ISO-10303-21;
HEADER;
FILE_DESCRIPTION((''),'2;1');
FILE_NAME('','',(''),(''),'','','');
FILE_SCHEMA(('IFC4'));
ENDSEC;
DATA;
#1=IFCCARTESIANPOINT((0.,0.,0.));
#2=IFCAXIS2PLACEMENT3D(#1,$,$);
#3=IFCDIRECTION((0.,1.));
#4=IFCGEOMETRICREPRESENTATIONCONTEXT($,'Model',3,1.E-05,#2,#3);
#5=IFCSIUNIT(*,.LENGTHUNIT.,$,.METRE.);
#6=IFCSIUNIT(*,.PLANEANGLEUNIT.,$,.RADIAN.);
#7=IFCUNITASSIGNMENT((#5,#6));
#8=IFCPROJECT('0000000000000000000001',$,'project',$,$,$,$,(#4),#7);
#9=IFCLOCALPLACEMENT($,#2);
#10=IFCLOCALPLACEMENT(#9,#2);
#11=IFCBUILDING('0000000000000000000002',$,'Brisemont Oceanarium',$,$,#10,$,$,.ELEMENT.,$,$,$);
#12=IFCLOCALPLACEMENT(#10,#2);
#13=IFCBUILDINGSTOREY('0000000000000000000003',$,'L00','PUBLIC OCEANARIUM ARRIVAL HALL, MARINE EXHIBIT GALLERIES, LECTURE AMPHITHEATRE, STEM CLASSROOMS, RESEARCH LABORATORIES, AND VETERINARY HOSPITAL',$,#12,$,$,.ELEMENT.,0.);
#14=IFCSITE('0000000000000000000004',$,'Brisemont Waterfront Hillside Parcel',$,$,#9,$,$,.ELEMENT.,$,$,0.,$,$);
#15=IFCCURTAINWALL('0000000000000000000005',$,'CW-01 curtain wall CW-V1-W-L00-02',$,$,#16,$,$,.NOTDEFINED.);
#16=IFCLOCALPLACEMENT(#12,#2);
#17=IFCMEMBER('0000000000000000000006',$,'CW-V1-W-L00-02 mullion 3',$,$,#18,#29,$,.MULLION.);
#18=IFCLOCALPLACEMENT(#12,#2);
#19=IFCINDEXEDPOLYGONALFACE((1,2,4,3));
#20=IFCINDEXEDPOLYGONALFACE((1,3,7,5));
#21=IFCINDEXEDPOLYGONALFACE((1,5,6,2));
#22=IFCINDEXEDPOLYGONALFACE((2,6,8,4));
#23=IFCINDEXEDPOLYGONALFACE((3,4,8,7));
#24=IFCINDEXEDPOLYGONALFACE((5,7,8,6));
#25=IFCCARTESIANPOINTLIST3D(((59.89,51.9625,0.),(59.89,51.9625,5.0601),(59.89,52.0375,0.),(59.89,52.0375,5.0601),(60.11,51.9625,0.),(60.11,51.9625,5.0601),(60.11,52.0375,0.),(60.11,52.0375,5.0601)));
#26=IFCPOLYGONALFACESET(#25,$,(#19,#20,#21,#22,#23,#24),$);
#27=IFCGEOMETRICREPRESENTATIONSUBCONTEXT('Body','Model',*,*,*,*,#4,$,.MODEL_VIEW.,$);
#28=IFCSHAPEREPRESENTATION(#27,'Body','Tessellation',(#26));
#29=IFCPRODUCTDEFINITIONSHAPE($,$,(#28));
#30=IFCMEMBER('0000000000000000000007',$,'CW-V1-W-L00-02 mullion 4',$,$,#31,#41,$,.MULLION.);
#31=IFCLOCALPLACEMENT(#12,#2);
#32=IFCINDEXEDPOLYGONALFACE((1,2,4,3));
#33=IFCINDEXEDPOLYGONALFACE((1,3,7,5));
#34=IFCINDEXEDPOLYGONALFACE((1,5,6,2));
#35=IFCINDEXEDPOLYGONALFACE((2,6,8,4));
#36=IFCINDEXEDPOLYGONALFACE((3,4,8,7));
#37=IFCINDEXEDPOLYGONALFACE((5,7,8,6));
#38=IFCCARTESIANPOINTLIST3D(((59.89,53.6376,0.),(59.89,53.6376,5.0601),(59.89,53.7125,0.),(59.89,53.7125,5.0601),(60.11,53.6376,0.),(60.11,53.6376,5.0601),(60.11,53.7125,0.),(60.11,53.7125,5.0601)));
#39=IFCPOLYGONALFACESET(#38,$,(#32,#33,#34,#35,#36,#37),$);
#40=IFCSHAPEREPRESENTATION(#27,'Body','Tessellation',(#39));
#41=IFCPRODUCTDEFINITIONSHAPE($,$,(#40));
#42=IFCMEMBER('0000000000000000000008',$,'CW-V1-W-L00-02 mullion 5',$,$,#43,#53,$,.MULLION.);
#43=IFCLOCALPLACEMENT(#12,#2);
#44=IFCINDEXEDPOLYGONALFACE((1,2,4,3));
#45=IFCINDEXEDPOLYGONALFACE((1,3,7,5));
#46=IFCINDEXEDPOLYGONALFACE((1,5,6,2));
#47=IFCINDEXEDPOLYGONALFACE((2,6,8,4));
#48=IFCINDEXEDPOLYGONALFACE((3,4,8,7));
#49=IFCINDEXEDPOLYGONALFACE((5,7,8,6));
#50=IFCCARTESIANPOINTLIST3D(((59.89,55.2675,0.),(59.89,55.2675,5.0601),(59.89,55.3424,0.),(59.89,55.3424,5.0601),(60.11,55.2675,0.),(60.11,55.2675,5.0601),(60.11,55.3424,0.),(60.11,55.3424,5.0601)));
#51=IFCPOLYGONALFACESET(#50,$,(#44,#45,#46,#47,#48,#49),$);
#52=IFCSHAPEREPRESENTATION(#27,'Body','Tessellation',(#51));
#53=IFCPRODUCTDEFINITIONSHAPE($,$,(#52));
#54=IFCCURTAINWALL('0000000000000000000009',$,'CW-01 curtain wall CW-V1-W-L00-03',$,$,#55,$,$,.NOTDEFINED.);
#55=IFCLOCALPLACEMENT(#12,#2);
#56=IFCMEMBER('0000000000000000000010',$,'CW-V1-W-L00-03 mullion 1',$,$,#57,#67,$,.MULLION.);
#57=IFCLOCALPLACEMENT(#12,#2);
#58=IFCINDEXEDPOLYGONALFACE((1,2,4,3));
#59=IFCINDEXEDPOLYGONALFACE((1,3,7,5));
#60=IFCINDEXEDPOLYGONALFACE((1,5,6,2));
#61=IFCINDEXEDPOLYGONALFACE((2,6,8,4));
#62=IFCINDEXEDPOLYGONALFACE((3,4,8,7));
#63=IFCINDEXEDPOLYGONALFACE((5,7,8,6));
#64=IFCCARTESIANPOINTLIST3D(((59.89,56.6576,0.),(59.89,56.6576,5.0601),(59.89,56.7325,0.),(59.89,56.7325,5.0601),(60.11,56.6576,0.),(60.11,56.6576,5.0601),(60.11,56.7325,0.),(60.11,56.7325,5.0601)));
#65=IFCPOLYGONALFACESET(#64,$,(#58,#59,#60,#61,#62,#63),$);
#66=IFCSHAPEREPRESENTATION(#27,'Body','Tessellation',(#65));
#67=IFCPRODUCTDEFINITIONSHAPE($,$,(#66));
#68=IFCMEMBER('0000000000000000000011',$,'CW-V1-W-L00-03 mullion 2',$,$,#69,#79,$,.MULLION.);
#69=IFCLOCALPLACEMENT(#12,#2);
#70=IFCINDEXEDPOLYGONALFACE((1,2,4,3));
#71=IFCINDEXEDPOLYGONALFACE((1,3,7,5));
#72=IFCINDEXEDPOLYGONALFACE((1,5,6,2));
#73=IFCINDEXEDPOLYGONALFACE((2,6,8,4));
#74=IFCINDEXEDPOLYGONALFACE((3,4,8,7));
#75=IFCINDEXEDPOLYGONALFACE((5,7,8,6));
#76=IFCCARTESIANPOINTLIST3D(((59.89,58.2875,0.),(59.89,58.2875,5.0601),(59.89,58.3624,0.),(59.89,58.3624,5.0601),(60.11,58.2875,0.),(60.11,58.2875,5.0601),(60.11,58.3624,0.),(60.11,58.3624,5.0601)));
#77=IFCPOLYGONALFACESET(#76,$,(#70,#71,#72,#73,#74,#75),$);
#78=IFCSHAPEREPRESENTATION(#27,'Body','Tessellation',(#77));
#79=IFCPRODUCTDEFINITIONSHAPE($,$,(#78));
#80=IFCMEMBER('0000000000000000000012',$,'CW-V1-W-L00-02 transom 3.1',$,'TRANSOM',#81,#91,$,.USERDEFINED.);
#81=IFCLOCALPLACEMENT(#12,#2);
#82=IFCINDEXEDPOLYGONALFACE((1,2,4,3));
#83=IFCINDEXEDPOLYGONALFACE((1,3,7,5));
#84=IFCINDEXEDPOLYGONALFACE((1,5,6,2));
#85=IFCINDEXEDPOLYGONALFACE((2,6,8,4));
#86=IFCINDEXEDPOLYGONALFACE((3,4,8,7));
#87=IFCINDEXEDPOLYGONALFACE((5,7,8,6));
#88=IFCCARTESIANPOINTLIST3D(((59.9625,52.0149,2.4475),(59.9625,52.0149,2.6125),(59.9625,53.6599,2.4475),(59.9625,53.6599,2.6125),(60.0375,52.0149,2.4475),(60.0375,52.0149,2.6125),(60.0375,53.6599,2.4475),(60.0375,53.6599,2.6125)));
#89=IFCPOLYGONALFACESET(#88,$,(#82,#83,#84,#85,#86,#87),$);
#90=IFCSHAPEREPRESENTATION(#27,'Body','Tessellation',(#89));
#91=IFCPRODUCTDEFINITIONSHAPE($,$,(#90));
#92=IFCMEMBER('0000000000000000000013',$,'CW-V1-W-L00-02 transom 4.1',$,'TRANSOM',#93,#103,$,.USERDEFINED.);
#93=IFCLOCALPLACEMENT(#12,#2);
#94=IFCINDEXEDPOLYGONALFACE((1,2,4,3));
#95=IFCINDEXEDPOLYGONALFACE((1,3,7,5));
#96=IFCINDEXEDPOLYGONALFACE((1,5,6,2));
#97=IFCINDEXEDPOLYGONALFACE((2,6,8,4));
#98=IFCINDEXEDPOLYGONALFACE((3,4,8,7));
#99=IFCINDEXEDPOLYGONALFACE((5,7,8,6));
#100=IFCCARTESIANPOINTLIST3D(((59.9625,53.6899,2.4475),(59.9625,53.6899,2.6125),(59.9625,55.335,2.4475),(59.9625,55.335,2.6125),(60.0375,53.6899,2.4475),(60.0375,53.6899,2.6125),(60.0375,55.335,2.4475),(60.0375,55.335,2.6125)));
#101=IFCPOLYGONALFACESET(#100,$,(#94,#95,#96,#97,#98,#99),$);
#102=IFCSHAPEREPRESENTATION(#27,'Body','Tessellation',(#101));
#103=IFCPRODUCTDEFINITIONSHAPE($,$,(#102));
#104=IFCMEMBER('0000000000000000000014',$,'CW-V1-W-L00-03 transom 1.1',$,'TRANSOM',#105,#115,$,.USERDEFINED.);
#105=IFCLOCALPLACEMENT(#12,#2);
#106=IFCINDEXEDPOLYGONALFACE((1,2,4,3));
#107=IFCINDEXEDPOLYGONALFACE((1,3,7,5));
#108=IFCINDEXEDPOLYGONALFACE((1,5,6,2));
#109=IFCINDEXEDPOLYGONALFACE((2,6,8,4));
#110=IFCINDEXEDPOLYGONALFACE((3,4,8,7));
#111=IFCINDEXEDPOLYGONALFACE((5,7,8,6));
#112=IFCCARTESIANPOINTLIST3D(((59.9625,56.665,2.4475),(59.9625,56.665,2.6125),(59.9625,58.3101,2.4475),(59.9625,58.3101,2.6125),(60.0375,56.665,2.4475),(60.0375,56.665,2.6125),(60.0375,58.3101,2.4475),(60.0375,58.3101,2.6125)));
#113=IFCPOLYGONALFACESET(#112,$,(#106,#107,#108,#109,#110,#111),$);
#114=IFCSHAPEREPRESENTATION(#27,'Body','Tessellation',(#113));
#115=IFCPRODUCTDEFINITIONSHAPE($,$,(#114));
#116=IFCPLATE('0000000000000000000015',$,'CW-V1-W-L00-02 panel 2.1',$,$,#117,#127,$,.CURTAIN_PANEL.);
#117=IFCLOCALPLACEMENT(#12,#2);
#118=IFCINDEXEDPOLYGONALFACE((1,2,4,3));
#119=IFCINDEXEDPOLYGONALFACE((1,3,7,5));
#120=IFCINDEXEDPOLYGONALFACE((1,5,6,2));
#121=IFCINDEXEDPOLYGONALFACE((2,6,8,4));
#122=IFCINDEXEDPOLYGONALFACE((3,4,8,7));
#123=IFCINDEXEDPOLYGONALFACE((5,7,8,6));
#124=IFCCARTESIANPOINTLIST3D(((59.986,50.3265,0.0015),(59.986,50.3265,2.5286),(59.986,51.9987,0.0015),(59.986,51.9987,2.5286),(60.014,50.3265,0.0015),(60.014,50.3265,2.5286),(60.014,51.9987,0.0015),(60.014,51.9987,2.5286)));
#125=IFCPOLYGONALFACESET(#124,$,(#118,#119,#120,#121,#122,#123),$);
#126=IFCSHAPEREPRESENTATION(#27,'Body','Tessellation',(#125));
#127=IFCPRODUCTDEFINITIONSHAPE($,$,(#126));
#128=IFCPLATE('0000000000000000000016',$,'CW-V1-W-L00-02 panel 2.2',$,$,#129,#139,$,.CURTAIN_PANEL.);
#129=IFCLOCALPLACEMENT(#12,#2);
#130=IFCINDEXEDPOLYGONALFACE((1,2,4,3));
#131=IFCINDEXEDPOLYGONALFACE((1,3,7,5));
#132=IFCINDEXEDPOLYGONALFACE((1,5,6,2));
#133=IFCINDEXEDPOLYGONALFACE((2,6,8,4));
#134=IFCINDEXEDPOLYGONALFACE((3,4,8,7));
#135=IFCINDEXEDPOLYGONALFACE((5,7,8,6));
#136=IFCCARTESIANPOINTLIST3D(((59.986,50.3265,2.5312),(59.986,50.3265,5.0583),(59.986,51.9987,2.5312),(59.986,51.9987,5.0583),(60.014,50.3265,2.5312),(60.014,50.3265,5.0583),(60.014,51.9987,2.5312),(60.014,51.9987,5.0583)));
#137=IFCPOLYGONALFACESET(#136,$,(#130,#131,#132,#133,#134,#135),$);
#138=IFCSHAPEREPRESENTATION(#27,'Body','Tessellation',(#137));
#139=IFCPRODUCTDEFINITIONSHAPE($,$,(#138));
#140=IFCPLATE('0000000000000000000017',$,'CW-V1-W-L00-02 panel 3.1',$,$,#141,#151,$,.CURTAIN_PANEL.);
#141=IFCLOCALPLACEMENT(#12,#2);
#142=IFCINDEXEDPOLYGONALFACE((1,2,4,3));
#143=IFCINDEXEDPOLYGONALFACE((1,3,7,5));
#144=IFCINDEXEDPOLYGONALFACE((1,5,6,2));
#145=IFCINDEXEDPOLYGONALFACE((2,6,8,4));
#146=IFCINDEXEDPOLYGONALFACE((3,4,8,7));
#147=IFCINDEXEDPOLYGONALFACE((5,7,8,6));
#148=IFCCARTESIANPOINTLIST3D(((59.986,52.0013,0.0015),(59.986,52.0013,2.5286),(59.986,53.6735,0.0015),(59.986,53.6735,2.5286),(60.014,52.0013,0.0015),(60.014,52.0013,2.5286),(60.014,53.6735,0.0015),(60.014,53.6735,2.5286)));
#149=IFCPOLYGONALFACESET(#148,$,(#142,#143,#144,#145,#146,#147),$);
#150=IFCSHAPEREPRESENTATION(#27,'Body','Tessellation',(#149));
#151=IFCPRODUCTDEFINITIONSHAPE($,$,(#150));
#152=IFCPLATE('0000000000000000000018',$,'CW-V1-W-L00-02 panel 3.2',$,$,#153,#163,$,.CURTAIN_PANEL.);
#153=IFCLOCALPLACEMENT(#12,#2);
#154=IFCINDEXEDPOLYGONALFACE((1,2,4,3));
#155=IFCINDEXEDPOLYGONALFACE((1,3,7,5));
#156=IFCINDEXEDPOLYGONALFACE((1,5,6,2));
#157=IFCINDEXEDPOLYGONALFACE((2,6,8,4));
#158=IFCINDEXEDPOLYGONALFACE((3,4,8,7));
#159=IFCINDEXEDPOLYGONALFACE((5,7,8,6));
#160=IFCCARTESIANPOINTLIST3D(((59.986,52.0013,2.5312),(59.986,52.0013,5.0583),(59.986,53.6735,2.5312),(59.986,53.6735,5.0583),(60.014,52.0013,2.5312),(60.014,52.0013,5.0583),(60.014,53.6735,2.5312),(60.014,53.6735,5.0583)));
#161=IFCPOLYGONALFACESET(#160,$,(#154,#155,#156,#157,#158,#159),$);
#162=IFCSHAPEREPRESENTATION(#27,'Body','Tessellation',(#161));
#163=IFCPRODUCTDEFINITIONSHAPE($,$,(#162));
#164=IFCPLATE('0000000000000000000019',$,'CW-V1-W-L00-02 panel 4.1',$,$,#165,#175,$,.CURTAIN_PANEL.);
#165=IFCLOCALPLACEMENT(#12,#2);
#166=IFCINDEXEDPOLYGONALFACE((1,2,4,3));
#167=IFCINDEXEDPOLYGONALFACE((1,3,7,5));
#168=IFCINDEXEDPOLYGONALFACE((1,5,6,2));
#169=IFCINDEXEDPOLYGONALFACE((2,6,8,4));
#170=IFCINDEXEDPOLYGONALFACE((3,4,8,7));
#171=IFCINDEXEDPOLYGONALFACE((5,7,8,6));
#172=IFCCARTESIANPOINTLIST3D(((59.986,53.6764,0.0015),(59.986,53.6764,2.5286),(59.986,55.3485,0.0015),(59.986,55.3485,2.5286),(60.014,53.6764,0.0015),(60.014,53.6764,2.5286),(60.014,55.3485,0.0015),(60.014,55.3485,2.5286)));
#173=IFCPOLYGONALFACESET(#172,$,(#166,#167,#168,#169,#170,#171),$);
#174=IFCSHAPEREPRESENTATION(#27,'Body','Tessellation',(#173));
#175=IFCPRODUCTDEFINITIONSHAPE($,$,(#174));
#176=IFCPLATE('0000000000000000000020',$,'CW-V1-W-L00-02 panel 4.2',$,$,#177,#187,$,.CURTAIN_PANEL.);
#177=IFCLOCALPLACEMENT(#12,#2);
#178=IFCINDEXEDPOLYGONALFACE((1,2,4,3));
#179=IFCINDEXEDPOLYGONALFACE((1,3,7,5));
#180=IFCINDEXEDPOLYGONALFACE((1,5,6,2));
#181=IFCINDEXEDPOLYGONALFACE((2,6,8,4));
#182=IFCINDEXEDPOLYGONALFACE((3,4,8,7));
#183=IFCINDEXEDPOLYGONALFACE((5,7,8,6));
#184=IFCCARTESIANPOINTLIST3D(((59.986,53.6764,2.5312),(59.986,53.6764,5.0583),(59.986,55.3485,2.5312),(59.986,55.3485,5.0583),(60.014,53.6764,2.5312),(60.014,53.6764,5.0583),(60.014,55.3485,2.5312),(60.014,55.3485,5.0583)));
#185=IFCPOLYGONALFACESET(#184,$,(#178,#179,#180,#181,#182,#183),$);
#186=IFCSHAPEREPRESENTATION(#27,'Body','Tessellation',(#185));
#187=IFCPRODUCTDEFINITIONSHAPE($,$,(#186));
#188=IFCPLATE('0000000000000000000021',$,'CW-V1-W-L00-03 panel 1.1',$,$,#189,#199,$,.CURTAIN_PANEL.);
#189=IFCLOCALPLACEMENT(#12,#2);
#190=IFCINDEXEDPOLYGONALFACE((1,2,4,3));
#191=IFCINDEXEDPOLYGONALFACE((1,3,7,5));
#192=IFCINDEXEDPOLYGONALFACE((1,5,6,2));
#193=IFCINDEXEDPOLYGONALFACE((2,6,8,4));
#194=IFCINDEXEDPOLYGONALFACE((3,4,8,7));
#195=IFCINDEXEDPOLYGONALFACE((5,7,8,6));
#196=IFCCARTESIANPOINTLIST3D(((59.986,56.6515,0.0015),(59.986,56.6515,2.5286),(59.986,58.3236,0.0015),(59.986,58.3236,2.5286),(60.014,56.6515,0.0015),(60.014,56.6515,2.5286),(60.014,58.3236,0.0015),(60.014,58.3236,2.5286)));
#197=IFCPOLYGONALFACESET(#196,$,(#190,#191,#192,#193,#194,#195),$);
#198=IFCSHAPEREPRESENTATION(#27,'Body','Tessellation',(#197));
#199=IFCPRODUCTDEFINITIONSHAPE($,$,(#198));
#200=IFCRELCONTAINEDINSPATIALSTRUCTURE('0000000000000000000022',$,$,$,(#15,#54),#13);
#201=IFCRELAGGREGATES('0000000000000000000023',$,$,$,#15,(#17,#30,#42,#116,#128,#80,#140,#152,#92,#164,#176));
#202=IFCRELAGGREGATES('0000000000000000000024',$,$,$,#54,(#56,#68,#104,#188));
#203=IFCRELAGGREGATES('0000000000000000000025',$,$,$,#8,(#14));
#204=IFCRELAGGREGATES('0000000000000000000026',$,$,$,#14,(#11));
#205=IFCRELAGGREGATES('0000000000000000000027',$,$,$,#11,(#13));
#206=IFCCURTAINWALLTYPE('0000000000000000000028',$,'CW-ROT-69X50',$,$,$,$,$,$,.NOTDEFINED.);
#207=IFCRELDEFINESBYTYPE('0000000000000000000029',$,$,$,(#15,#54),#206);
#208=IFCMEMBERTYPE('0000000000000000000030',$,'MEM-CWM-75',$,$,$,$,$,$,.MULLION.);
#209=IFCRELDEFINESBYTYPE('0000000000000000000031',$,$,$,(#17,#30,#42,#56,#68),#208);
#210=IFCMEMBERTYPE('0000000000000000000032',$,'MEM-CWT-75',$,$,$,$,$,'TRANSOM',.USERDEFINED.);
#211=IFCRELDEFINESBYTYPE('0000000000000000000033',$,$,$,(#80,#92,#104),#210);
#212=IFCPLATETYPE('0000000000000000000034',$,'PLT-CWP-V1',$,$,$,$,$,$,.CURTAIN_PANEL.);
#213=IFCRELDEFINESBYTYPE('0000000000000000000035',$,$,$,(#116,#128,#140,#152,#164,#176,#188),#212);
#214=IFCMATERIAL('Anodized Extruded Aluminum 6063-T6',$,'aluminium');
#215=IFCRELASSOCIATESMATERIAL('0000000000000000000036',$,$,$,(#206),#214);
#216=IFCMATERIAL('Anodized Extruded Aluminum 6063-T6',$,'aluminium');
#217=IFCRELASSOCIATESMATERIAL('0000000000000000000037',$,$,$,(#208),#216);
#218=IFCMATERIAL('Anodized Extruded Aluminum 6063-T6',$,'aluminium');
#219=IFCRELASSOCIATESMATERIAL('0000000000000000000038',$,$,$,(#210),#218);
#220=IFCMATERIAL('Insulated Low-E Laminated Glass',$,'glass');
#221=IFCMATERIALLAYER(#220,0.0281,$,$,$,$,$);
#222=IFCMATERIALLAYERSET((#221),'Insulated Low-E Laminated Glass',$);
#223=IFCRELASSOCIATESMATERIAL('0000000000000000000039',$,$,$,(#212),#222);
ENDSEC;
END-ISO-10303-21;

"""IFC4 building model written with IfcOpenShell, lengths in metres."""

from ifc_helpers import new_model, si_unit, direction, frame, origin, origin_2d, place, context, subcontext, project, spatial, rectangle, extrude, material, layer, layer_set, material_profile, profile_set, type_object, element, aggregate, save


model = new_model("IFC4")

# Units and contexts
model_context = context("Model", 3, precision=1e-05, world=origin(), true_north=direction((0.0, 1.0)))
body_context = subcontext(model_context, "Body", "Model", "MODEL_VIEW")
ifc_project = project(units=[si_unit("LENGTHUNIT", "METRE"), si_unit("PLANEANGLEUNIT", "RADIAN")], contexts=[model_context])

# Site, building, storey
site_placement = place(None, origin())
site = spatial("IfcSite", under=ifc_project, at=site_placement, Name="Brisemont Waterfront Hillside Parcel", CompositionType="ELEMENT", RefElevation=0.0)
building_placement = place(site_placement, origin())
building = spatial("IfcBuilding", under=site, at=building_placement, Name="Brisemont Oceanarium", CompositionType="ELEMENT")
storey_placement = place(building_placement, origin())
storey = spatial("IfcBuildingStorey", under=building, at=storey_placement, Name="L00", Description="PUBLIC OCEANARIUM ARRIVAL HALL, MARINE EXHIBIT GALLERIES, LECTURE AMPHITHEATRE, STEM CLASSROOMS, RESEARCH LABORATORIES, AND VETERINARY HOSPITAL", CompositionType="ELEMENT", Elevation=0.0)

# Curtain walls, members
ifc_material_1 = material(Name="Anodized Extruded Aluminum 6063-T6", Category="aluminium")
curtain_wall_type = type_object("IfcCurtainWallType", Name="CW-ROT-69X50", PredefinedType="NOTDEFINED", material=ifc_material_1)
curtain_wall_1_placement = place(storey_placement, origin())
curtain_wall_1 = element("IfcCurtainWall", 1, at=curtain_wall_1_placement, inside=storey, type_object=curtain_wall_type, Name="CW-01 curtain wall CW-V1-W-L00-02", PredefinedType="NOTDEFINED")
ifc_material_2 = material(Name="Anodized Extruded Aluminum 6063-T6", Category="aluminium")
ifc_material_profile_1 = material_profile(ifc_material_2, rectangle(XDim=0.075, YDim=0.22, at=origin_2d()), Name="CWM-75X220")
ifc_profile_set_1 = profile_set([ifc_material_profile_1], Name="Anodized Extruded Aluminum 6063-T6")
member_type_1 = type_object("IfcMemberType", Name="MEM-CWM-75", PredefinedType="MULLION", material=ifc_profile_set_1)
member_1_placement = place(storey_placement, frame((60.0, 52.0, 0.0), z_axis=(0.0, 0.0, 1.0), x_axis=(0.0, 1.0, 0.0)))
member_1 = element("IfcMember", 2, at=member_1_placement, type_object=member_type_1, Name="CW-V1-W-L00-02 mullion 3", PredefinedType="MULLION", context=body_context, shape_type="SweptSolid", body=[
    extrude(rectangle(XDim=0.075, YDim=0.22, at=origin_2d()), origin(), (0.0, 0.0, 1.0), 5.0601),
])
member_2_placement = place(storey_placement, frame((60.0, 53.675, 0.0), z_axis=(0.0, 0.0, 1.0), x_axis=(0.0, 1.0, 0.0)))
member_2 = element("IfcMember", 3, at=member_2_placement, type_object=member_type_1, Name="CW-V1-W-L00-02 mullion 4", PredefinedType="MULLION", context=body_context, shape_type="SweptSolid", body=[
    extrude(rectangle(XDim=0.075, YDim=0.22, at=origin_2d()), origin(), (0.0, 0.0, 1.0), 5.0601),
])
member_3_placement = place(storey_placement, frame((60.0, 55.3049, 0.0), z_axis=(0.0, 0.0, 1.0), x_axis=(0.0, 1.0, 0.0)))
member_3 = element("IfcMember", 4, at=member_3_placement, type_object=member_type_1, Name="CW-V1-W-L00-02 mullion 5", PredefinedType="MULLION", context=body_context, shape_type="SweptSolid", body=[
    extrude(rectangle(XDim=0.075, YDim=0.22, at=origin_2d()), origin(), (0.0, 0.0, 1.0), 5.0601),
])
curtain_wall_2_placement = place(storey_placement, origin())
curtain_wall_2 = element("IfcCurtainWall", 5, at=curtain_wall_2_placement, inside=storey, type_object=curtain_wall_type, Name="CW-01 curtain wall CW-V1-W-L00-03", PredefinedType="NOTDEFINED")
member_4_placement = place(storey_placement, frame((60.0, 56.6951, 0.0), z_axis=(0.0, 0.0, 1.0), x_axis=(0.0, 1.0, 0.0)))
member_4 = element("IfcMember", 6, at=member_4_placement, type_object=member_type_1, Name="CW-V1-W-L00-03 mullion 1", PredefinedType="MULLION", context=body_context, shape_type="SweptSolid", body=[
    extrude(rectangle(XDim=0.075, YDim=0.22, at=origin_2d()), origin(), (0.0, 0.0, 1.0), 5.0601),
])
member_5_placement = place(storey_placement, frame((60.0, 58.325, 0.0), z_axis=(0.0, 0.0, 1.0), x_axis=(0.0, 1.0, 0.0)))
member_5 = element("IfcMember", 7, at=member_5_placement, type_object=member_type_1, Name="CW-V1-W-L00-03 mullion 2", PredefinedType="MULLION", context=body_context, shape_type="SweptSolid", body=[
    extrude(rectangle(XDim=0.075, YDim=0.22, at=origin_2d()), origin(), (0.0, 0.0, 1.0), 5.0601),
])

# Members
ifc_material_3 = material(Name="Anodized Extruded Aluminum 6063-T6", Category="aluminium")
ifc_material_profile_2 = material_profile(ifc_material_3, rectangle(XDim=0.075, YDim=0.165, at=origin_2d()), Name="CWT-75X165")
ifc_profile_set_2 = profile_set([ifc_material_profile_2], Name="Anodized Extruded Aluminum 6063-T6")
member_type_2 = type_object("IfcMemberType", Name="MEM-CWT-75", ElementType="TRANSOM", PredefinedType="USERDEFINED", material=ifc_profile_set_2)
member_6_placement = place(storey_placement, frame((60.0, 52.0149, 2.53), z_axis=(0.0, 1.0, 0.0), x_axis=(-1.0, 0.0, 0.0)))
member_6 = element("IfcMember", 8, at=member_6_placement, type_object=member_type_2, Name="CW-V1-W-L00-02 transom 3.1", ObjectType="TRANSOM", PredefinedType="USERDEFINED", context=body_context, shape_type="SweptSolid", body=[
    extrude(rectangle(XDim=0.075, YDim=0.165, at=origin_2d()), origin(), (0.0, 0.0, 1.0), 1.645),
])
member_7_placement = place(storey_placement, frame((60.0, 53.6899, 2.53), z_axis=(0.0, 1.0, 0.0), x_axis=(-1.0, 0.0, 0.0)))
member_7 = element("IfcMember", 9, at=member_7_placement, type_object=member_type_2, Name="CW-V1-W-L00-02 transom 4.1", ObjectType="TRANSOM", PredefinedType="USERDEFINED", context=body_context, shape_type="SweptSolid", body=[
    extrude(rectangle(XDim=0.075, YDim=0.165, at=origin_2d()), origin(), (0.0, 0.0, 1.0), 1.645),
])
member_8_placement = place(storey_placement, frame((60.0, 56.665, 2.53), z_axis=(0.0, 1.0, 0.0), x_axis=(-1.0, 0.0, 0.0)))
member_8 = element("IfcMember", 10, at=member_8_placement, type_object=member_type_2, Name="CW-V1-W-L00-03 transom 1.1", ObjectType="TRANSOM", PredefinedType="USERDEFINED", context=body_context, shape_type="SweptSolid", body=[
    extrude(rectangle(XDim=0.075, YDim=0.165, at=origin_2d()), origin(), (0.0, 0.0, 1.0), 1.645),
])

# Plates
ifc_material_4 = material(Name="Insulated Low-E Laminated Glass", Category="glass")
ifc_layer = layer(ifc_material_4, 0.0281)
ifc_layer_set = layer_set([ifc_layer], Name="Insulated Low-E Laminated Glass")
plate_type = type_object("IfcPlateType", Name="PLT-CWP-V1", PredefinedType="CURTAIN_PANEL", material=ifc_layer_set)
plate_1_placement = place(storey_placement, frame((60.0, 51.1626, 0.0015), z_axis=(0.0, 0.0, 1.0), x_axis=(0.0, 1.0, 0.0)))
plate_1 = element("IfcPlate", 11, at=plate_1_placement, type_object=plate_type, Name="CW-V1-W-L00-02 panel 2.1", PredefinedType="CURTAIN_PANEL", context=body_context, shape_type="SweptSolid", body=[
    extrude(rectangle(XDim=1.6721, YDim=0.0281, at=origin_2d()), origin(), (0.0, 0.0, 1.0), 2.5271),
])
plate_2_placement = place(storey_placement, frame((60.0, 51.1626, 2.5312), z_axis=(0.0, 0.0, 1.0), x_axis=(0.0, 1.0, 0.0)))
plate_2 = element("IfcPlate", 12, at=plate_2_placement, type_object=plate_type, Name="CW-V1-W-L00-02 panel 2.2", PredefinedType="CURTAIN_PANEL", context=body_context, shape_type="SweptSolid", body=[
    extrude(rectangle(XDim=1.6721, YDim=0.0281, at=origin_2d()), origin(), (0.0, 0.0, 1.0), 2.5271),
])
plate_3_placement = place(storey_placement, frame((60.0, 52.8374, 0.0015), z_axis=(0.0, 0.0, 1.0), x_axis=(0.0, 1.0, 0.0)))
plate_3 = element("IfcPlate", 13, at=plate_3_placement, type_object=plate_type, Name="CW-V1-W-L00-02 panel 3.1", PredefinedType="CURTAIN_PANEL", context=body_context, shape_type="SweptSolid", body=[
    extrude(rectangle(XDim=1.6721, YDim=0.0281, at=origin_2d()), origin(), (0.0, 0.0, 1.0), 2.5271),
])
plate_4_placement = place(storey_placement, frame((60.0, 52.8374, 2.5312), z_axis=(0.0, 0.0, 1.0), x_axis=(0.0, 1.0, 0.0)))
plate_4 = element("IfcPlate", 14, at=plate_4_placement, type_object=plate_type, Name="CW-V1-W-L00-02 panel 3.2", PredefinedType="CURTAIN_PANEL", context=body_context, shape_type="SweptSolid", body=[
    extrude(rectangle(XDim=1.6721, YDim=0.0281, at=origin_2d()), origin(), (0.0, 0.0, 1.0), 2.5271),
])
plate_5_placement = place(storey_placement, frame((60.0, 54.5125, 0.0015), z_axis=(0.0, 0.0, 1.0), x_axis=(0.0, 1.0, 0.0)))
plate_5 = element("IfcPlate", 15, at=plate_5_placement, type_object=plate_type, Name="CW-V1-W-L00-02 panel 4.1", PredefinedType="CURTAIN_PANEL", context=body_context, shape_type="SweptSolid", body=[
    extrude(rectangle(XDim=1.6721, YDim=0.0281, at=origin_2d()), origin(), (0.0, 0.0, 1.0), 2.5271),
])
plate_6_placement = place(storey_placement, frame((60.0, 54.5125, 2.5312), z_axis=(0.0, 0.0, 1.0), x_axis=(0.0, 1.0, 0.0)))
plate_6 = element("IfcPlate", 16, at=plate_6_placement, type_object=plate_type, Name="CW-V1-W-L00-02 panel 4.2", PredefinedType="CURTAIN_PANEL", context=body_context, shape_type="SweptSolid", body=[
    extrude(rectangle(XDim=1.6721, YDim=0.0281, at=origin_2d()), origin(), (0.0, 0.0, 1.0), 2.5271),
])
aggregate(curtain_wall_1, [member_1, member_2, member_3, plate_1, plate_2, member_6, plate_3, plate_4, member_7, plate_5, plate_6])
plate_7_placement = place(storey_placement, frame((60.0, 57.4875, 0.0015), z_axis=(0.0, 0.0, 1.0), x_axis=(0.0, 1.0, 0.0)))
plate_7 = element("IfcPlate", 17, at=plate_7_placement, type_object=plate_type, Name="CW-V1-W-L00-03 panel 1.1", PredefinedType="CURTAIN_PANEL", context=body_context, shape_type="SweptSolid", body=[
    extrude(rectangle(XDim=1.6721, YDim=0.0281, at=origin_2d()), origin(), (0.0, 0.0, 1.0), 2.5271),
])
aggregate(curtain_wall_2, [member_4, member_5, member_8, plate_7])

save(model, "model.ifc")
